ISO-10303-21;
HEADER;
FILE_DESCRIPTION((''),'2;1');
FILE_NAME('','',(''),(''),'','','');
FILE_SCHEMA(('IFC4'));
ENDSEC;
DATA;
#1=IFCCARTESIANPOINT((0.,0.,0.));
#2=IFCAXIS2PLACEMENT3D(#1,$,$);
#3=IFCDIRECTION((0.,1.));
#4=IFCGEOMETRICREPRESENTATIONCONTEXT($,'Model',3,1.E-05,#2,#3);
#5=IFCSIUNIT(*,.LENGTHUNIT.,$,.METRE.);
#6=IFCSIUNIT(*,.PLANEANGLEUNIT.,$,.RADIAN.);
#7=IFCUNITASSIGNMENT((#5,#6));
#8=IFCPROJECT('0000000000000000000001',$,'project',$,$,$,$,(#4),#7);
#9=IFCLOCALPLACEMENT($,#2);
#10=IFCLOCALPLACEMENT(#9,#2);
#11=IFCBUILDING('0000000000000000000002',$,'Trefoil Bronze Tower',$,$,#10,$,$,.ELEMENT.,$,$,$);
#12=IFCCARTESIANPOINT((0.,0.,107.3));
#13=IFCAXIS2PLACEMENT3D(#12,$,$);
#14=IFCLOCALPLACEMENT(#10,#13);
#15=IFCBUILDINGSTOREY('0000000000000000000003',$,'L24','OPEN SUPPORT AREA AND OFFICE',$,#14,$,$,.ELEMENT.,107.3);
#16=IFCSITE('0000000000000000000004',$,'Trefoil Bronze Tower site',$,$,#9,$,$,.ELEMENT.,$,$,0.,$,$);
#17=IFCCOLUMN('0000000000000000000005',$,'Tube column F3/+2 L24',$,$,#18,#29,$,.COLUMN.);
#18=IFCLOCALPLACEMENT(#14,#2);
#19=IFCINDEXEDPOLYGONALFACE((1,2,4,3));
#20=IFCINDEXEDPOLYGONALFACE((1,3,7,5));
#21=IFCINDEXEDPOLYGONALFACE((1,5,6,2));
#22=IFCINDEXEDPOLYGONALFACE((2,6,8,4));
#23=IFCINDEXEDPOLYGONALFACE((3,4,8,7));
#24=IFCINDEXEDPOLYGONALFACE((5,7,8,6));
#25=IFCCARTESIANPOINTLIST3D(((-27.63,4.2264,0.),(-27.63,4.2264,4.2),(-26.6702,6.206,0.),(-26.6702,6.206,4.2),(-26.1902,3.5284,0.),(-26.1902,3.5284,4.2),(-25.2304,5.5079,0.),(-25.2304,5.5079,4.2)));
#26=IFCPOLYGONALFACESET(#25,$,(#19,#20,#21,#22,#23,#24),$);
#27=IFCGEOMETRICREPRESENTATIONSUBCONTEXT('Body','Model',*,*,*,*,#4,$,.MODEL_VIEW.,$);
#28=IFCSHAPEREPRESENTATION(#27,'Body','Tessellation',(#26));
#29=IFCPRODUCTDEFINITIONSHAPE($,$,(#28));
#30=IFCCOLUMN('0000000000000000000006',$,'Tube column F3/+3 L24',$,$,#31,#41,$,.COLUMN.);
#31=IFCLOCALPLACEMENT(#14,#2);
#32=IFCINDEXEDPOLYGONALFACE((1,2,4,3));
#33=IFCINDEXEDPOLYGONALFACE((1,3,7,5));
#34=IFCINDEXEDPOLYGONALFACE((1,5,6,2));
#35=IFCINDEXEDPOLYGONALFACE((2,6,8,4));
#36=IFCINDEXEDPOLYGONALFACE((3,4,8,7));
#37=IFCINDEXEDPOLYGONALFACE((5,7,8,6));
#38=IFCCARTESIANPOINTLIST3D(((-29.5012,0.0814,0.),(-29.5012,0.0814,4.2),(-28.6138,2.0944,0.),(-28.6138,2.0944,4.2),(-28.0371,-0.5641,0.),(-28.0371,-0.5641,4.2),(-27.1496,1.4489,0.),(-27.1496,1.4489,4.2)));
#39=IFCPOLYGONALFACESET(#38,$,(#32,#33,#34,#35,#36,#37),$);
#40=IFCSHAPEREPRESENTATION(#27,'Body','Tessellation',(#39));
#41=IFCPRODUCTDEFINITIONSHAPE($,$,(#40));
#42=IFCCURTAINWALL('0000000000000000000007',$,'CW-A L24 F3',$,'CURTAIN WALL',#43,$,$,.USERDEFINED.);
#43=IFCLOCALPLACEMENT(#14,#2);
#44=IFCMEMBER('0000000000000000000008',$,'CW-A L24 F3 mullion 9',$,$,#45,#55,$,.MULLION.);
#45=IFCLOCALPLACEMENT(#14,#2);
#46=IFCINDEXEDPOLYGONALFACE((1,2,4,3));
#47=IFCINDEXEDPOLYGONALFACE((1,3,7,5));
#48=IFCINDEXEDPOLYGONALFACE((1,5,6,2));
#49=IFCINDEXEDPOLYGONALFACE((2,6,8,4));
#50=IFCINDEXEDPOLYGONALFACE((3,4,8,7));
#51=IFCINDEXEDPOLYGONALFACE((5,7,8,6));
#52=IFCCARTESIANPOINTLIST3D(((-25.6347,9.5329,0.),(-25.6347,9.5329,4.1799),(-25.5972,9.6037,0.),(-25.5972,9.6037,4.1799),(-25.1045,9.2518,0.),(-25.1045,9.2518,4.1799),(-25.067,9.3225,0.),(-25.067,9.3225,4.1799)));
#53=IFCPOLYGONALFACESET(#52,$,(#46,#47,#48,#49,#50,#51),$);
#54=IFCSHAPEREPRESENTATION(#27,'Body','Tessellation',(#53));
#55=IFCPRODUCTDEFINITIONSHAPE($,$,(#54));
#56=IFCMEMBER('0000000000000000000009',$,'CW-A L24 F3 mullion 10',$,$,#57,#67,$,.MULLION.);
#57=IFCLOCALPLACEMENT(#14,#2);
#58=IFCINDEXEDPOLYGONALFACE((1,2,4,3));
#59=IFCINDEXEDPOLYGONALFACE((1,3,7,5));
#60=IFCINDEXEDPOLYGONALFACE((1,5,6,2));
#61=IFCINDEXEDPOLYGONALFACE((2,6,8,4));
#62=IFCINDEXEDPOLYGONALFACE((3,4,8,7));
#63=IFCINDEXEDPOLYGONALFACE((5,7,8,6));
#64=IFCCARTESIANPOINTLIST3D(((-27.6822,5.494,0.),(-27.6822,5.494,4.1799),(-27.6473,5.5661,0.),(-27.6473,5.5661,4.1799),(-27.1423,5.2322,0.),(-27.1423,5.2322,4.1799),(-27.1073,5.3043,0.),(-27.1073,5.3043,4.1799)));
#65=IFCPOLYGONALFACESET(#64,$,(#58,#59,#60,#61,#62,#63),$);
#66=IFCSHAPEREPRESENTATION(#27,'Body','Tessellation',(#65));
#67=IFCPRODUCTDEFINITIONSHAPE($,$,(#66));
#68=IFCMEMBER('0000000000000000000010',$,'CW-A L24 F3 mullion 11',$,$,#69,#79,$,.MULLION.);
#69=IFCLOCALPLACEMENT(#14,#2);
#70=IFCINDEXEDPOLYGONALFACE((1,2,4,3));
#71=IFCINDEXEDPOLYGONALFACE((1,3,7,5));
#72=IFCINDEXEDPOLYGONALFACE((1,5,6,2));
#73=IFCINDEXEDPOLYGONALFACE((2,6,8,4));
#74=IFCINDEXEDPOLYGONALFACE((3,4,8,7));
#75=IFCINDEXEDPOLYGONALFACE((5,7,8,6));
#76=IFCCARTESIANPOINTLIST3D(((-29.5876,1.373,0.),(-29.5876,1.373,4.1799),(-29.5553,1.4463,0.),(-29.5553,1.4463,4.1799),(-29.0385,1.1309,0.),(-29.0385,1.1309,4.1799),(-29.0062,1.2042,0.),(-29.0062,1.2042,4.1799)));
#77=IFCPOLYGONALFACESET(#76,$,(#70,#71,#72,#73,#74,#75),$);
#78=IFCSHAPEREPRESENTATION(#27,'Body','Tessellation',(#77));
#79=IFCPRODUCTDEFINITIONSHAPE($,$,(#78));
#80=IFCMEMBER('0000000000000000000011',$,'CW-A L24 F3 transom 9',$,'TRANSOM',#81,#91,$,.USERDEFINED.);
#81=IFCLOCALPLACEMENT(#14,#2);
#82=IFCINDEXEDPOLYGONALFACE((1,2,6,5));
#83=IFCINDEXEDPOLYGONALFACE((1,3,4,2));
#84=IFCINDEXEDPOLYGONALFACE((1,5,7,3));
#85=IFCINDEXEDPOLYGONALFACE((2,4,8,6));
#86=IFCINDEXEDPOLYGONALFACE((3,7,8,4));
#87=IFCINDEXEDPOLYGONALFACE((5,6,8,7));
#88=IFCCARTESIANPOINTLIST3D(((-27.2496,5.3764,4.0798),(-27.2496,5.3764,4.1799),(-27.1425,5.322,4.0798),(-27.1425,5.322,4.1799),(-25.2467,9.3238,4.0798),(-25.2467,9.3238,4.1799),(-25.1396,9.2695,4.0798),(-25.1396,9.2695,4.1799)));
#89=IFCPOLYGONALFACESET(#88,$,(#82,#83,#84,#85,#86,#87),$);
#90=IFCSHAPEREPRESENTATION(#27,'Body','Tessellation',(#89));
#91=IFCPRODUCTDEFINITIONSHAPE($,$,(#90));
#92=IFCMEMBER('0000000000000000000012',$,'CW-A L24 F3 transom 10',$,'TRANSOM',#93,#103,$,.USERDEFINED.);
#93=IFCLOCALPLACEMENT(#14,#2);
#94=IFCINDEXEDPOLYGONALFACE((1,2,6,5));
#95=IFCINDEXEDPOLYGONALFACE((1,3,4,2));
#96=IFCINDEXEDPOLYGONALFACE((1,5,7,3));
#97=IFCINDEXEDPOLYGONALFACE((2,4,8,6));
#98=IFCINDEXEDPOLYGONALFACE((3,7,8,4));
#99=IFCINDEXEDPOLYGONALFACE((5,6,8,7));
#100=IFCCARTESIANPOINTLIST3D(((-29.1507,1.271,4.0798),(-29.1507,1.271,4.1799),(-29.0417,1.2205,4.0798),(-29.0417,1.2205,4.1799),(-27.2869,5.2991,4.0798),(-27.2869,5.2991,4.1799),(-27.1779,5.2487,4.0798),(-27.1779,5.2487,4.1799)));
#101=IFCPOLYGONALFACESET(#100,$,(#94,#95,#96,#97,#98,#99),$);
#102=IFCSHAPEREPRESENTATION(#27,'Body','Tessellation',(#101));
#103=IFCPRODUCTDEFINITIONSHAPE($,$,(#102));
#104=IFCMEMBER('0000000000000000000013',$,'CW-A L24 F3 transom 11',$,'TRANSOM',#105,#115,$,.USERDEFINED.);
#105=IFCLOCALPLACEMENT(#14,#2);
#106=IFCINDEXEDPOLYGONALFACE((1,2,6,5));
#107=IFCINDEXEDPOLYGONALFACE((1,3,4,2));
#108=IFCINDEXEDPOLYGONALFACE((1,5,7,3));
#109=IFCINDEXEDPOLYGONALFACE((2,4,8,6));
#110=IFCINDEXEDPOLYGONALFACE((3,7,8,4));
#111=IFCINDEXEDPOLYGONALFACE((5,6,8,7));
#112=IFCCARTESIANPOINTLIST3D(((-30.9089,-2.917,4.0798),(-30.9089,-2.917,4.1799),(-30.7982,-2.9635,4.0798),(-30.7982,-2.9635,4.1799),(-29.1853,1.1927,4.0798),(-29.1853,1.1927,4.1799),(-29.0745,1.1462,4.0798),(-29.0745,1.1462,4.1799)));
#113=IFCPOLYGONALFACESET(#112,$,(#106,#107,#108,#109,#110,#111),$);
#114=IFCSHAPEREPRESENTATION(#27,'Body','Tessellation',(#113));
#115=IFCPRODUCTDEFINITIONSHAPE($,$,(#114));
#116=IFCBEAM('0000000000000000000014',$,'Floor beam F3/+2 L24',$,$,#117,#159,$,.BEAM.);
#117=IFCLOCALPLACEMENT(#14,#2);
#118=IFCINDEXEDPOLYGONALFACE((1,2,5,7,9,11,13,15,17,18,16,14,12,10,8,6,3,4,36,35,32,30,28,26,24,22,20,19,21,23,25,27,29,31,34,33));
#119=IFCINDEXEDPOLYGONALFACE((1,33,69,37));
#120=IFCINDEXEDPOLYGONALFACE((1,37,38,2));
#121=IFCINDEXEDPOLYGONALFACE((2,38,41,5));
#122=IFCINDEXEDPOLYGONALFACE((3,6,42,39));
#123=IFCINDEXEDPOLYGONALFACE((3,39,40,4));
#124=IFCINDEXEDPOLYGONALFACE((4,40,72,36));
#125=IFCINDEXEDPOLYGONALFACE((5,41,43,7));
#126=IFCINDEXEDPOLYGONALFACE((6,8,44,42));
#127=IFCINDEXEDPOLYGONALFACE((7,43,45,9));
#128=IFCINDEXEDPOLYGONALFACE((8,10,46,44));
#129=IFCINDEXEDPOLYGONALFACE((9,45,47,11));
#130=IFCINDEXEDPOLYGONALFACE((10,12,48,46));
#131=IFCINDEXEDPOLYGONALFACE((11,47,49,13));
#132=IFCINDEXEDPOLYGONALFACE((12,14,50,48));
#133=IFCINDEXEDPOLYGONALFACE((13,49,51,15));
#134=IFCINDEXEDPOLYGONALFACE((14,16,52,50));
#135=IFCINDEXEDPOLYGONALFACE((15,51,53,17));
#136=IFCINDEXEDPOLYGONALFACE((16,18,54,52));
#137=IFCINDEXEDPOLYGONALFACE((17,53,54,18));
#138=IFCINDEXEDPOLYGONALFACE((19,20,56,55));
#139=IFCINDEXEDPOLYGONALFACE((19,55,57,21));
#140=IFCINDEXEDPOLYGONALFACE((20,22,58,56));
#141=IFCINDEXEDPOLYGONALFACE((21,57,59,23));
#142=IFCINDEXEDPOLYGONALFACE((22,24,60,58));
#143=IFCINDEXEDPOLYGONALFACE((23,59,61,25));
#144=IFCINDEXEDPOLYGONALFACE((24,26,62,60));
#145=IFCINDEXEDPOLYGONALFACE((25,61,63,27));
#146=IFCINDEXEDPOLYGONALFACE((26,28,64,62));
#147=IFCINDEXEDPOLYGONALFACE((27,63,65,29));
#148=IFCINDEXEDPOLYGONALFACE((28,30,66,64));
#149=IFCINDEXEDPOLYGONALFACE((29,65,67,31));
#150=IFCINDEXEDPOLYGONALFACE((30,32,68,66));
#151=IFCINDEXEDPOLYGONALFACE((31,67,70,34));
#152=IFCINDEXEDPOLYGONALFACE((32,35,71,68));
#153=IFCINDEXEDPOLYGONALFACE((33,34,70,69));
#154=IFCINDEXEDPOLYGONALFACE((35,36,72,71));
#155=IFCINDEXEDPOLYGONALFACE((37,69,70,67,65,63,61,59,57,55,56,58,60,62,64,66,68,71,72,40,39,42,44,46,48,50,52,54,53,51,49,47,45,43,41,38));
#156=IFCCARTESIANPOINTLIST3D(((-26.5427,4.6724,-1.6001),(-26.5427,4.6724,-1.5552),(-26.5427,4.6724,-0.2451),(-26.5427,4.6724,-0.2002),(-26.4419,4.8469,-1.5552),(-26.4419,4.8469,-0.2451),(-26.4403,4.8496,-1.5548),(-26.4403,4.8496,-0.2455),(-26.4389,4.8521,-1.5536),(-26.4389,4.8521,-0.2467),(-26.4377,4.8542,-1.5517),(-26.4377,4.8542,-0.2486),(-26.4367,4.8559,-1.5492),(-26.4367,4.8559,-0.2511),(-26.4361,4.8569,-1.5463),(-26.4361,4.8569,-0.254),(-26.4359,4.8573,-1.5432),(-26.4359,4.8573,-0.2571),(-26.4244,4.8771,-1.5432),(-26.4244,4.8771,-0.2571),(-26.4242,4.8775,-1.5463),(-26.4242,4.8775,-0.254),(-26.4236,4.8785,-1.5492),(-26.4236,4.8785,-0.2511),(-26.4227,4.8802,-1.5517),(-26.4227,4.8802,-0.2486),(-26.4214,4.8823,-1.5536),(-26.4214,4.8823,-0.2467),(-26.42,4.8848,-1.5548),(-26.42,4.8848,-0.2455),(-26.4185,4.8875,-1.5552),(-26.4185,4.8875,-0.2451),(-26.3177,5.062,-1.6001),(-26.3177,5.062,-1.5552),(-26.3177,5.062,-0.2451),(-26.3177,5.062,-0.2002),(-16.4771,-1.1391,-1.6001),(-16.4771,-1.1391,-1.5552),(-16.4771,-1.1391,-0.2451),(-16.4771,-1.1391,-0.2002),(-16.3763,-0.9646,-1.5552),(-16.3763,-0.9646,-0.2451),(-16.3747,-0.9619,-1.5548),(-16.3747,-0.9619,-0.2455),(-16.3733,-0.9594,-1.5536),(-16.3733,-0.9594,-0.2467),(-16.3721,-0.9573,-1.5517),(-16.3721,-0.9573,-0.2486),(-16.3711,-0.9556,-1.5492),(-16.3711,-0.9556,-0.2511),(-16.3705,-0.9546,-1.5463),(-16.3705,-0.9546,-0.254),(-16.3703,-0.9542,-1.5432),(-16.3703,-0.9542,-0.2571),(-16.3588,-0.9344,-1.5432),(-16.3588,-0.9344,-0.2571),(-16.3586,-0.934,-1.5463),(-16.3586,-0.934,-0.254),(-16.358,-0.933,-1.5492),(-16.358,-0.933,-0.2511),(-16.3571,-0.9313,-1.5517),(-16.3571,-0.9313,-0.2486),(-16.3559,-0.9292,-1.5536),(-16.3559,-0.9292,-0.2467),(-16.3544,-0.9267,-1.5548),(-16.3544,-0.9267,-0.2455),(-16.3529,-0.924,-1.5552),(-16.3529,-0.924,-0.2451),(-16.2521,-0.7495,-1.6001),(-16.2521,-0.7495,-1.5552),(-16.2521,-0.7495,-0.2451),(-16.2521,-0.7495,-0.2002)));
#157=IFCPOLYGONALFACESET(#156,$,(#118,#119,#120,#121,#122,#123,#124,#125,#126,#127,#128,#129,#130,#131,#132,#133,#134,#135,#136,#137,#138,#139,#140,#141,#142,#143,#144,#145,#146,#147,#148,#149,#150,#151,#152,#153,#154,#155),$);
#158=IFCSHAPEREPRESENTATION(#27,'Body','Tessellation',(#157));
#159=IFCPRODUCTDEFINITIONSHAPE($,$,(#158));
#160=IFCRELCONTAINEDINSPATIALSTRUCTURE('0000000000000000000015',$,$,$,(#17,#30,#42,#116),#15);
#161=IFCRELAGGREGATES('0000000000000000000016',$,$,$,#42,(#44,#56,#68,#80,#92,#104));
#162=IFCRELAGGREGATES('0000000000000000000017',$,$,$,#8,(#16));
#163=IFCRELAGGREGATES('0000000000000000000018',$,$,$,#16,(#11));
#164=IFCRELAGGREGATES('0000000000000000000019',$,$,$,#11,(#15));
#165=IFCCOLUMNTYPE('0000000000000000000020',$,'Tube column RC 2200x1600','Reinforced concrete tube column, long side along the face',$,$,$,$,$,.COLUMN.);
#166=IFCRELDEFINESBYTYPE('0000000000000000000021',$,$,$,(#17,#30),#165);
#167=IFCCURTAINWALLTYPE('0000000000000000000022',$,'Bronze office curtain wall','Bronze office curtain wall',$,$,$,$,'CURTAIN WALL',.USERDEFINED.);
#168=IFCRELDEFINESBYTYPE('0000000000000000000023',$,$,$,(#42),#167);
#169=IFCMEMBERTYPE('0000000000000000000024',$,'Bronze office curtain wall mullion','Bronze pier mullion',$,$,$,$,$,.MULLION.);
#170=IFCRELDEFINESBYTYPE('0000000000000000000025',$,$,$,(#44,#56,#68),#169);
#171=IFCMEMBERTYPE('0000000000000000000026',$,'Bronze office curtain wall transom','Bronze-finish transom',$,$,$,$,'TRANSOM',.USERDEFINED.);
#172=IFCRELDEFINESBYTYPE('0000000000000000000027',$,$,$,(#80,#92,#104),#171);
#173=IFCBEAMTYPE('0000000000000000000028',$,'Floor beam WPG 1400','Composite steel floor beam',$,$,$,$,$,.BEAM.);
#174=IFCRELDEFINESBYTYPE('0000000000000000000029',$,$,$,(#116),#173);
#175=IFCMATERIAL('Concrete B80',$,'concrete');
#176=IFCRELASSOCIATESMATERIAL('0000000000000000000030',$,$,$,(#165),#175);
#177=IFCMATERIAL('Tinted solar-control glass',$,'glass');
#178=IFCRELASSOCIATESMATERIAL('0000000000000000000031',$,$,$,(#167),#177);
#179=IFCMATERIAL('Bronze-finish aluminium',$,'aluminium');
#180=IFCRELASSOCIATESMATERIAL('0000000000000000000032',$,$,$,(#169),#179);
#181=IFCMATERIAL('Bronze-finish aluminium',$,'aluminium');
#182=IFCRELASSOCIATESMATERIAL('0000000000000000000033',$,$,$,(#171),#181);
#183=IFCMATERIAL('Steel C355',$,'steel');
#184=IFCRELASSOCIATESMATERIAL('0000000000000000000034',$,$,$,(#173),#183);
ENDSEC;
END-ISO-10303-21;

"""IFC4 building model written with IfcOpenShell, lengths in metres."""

from ifc_helpers import new_model, si_unit, direction, frame, origin, origin_2d, place, context, subcontext, project, spatial, rectangle, i_section, extrude, material, material_profile, profile_set, type_object, element, aggregate, save


model = new_model("IFC4")

# Units and contexts
model_context = context("Model", 3, precision=1e-05, world=origin(), true_north=direction((0.0, 1.0)))
body_context = subcontext(model_context, "Body", "Model", "MODEL_VIEW")
ifc_project = project(units=[si_unit("LENGTHUNIT", "METRE"), si_unit("PLANEANGLEUNIT", "RADIAN")], contexts=[model_context])

# Site, building, storey
site_placement = place(None, origin())
site = spatial("IfcSite", under=ifc_project, at=site_placement, Name="Trefoil Bronze Tower site", CompositionType="ELEMENT", RefElevation=0.0)
building_placement = place(site_placement, origin())
building = spatial("IfcBuilding", under=site, at=building_placement, Name="Trefoil Bronze Tower", CompositionType="ELEMENT")
storey_placement = place(building_placement, frame((0.0, 0.0, 107.3)))
storey = spatial("IfcBuildingStorey", under=building, at=storey_placement, Name="L24", Description="OPEN SUPPORT AREA AND OFFICE", CompositionType="ELEMENT", Elevation=107.3)

# Columns
ifc_material_1 = material(Name="Concrete B80", Category="concrete")
ifc_material_profile_1 = material_profile(ifc_material_1, rectangle(XDim=2.2, YDim=1.6001, at=origin_2d()), Name="RC 2200x1600")
ifc_profile_set_1 = profile_set([ifc_material_profile_1], Name="Concrete B80")
column_type = type_object("IfcColumnType", Name="Tube column RC 2200x1600", Description="Reinforced concrete tube column, long side along the face", PredefinedType="COLUMN", material=ifc_profile_set_1)
for number, where, z_axis, x_axis, name in (
    (1, (-26.4302, 4.8672, 0.0), (0.0, 0.0, 1.0), (-0.436262, -0.89982, 0.0), "Tube column F3/+2 L24"),
    (2, (-28.3254, 0.7651, 0.0), (0.0, 0.0, 1.0), (-0.403412, -0.915018, 0.0), "Tube column F3/+3 L24"),
):
    element("IfcColumn", number, at=place(storey_placement, frame(where, z_axis=z_axis, x_axis=x_axis)), inside=storey, type_object=column_type, Name=name, PredefinedType="COLUMN", context=body_context, shape_type="SweptSolid", body=[
        extrude(rectangle(XDim=2.2, YDim=1.6001, at=origin_2d()), origin(), (0.0, 0.0, 1.0), 4.2),
    ])

# Curtain wall, members
ifc_material_2 = material(Name="Tinted solar-control glass", Category="glass")
curtain_wall_type = type_object("IfcCurtainWallType", Name="Bronze office curtain wall", Description="Bronze office curtain wall", ElementType="CURTAIN WALL", PredefinedType="USERDEFINED", material=ifc_material_2)
curtain_wall_placement = place(storey_placement, origin())
curtain_wall = element("IfcCurtainWall", 3, at=curtain_wall_placement, inside=storey, type_object=curtain_wall_type, Name="CW-A L24 F3", ObjectType="CURTAIN WALL", PredefinedType="USERDEFINED")
ifc_material_3 = material(Name="Bronze-finish aluminium", Category="aluminium")
ifc_material_profile_2 = material_profile(ifc_material_3, rectangle(XDim=0.6001, YDim=0.0801, at=origin_2d()), Name="CW-A mullion")
ifc_profile_set_2 = profile_set([ifc_material_profile_2], Name="Bronze-finish aluminium")
member_type_1 = type_object("IfcMemberType", Name="Bronze office curtain wall mullion", Description="Bronze pier mullion", PredefinedType="MULLION", material=ifc_profile_set_2)
member_1_placement = place(storey_placement, frame((-25.3508, 9.4277, 0.0), z_axis=(0.0, 0.0, 1.0), x_axis=(0.883486, -0.468457, 0.0)))
member_1 = element("IfcMember", 4, at=member_1_placement, type_object=member_type_1, Name="CW-A L24 F3 mullion 9", PredefinedType="MULLION", context=body_context, shape_type="SweptSolid", body=[
    extrude(rectangle(XDim=0.6001, YDim=0.0801, at=origin_2d()), origin(), (0.0, 0.0, 1.0), 4.1799),
])
member_2_placement = place(storey_placement, frame((-27.3948, 5.3992, 0.0), z_axis=(0.0, 0.0, 1.0), x_axis=(0.89982, -0.436262, 0.0)))
member_2 = element("IfcMember", 5, at=member_2_placement, type_object=member_type_1, Name="CW-A L24 F3 mullion 10", PredefinedType="MULLION", context=body_context, shape_type="SweptSolid", body=[
    extrude(rectangle(XDim=0.6001, YDim=0.0801, at=origin_2d()), origin(), (0.0, 0.0, 1.0), 4.1799),
])
member_3_placement = place(storey_placement, frame((-29.2969, 1.2886, 0.0), z_axis=(0.0, 0.0, 1.0), x_axis=(0.915018, -0.403412, 0.0)))
member_3 = element("IfcMember", 6, at=member_3_placement, type_object=member_type_1, Name="CW-A L24 F3 mullion 11", PredefinedType="MULLION", context=body_context, shape_type="SweptSolid", body=[
    extrude(rectangle(XDim=0.6001, YDim=0.0801, at=origin_2d()), origin(), (0.0, 0.0, 1.0), 4.1799),
])
ifc_material_4 = material(Name="Bronze-finish aluminium", Category="aluminium")
ifc_material_profile_3 = material_profile(ifc_material_4, rectangle(XDim=0.1201, YDim=0.1001, at=origin_2d()), Name="CW-A transom")
ifc_profile_set_3 = profile_set([ifc_material_profile_3], Name="Bronze-finish aluminium")
member_type_2 = type_object("IfcMemberType", Name="Bronze office curtain wall transom", Description="Bronze-finish transom", ElementType="TRANSOM", PredefinedType="USERDEFINED", material=ifc_profile_set_3)
member_4_placement = place(storey_placement, frame((-25.1931, 9.2966, 4.1299), z_axis=(-0.452478, -0.891775, 0.0), x_axis=(0.891775, -0.452478, 0.0)))
member_4 = element("IfcMember", 7, at=member_4_placement, type_object=member_type_2, Name="CW-A L24 F3 transom 9", ObjectType="TRANSOM", PredefinedType="USERDEFINED", context=body_context, shape_type="SweptSolid", body=[
    extrude(rectangle(XDim=0.1201, YDim=0.1001, at=origin_2d()), origin(), (0.0, 0.0, 1.0), 4.4265),
])
member_5_placement = place(storey_placement, frame((-27.2324, 5.2739, 4.1299), z_axis=(-0.419923, -0.90756, 0.0), x_axis=(0.90756, -0.419923, 0.0)))
member_5 = element("IfcMember", 8, at=member_5_placement, type_object=member_type_2, Name="CW-A L24 F3 transom 10", ObjectType="TRANSOM", PredefinedType="USERDEFINED", context=body_context, shape_type="SweptSolid", body=[
    extrude(rectangle(XDim=0.1201, YDim=0.1001, at=origin_2d()), origin(), (0.0, 0.0, 1.0), 4.4385),
])
member_6_placement = place(storey_placement, frame((-29.1299, 1.1694, 4.1299), z_axis=(-0.386773, -0.922175, 0.0), x_axis=(0.922175, -0.386773, 0.0)))
member_6 = element("IfcMember", 9, at=member_6_placement, type_object=member_type_2, Name="CW-A L24 F3 transom 11", ObjectType="TRANSOM", PredefinedType="USERDEFINED", context=body_context, shape_type="SweptSolid", body=[
    extrude(rectangle(XDim=0.1201, YDim=0.1001, at=origin_2d()), origin(), (0.0, 0.0, 1.0), 4.4565),
])

# Beam
ifc_material_5 = material(Name="Steel C355", Category="steel")
ifc_material_profile_4 = material_profile(ifc_material_5, i_section(OverallWidth=0.45, OverallDepth=1.3999, WebThickness=0.0229, FlangeThickness=0.0449, FilletRadius=0.012, at=origin_2d()), Name="WPG 1400")
ifc_profile_set_4 = profile_set([ifc_material_profile_4], Name="Steel C355")
beam_type_1 = type_object("IfcBeamType", Name="Floor beam WPG 1400", Description="Composite steel floor beam", PredefinedType="BEAM", material=ifc_profile_set_4)
beam_1_placement = place(storey_placement, frame((-26.4302, 4.8672, -0.9001), z_axis=(0.866022, -0.500007, 0.0), x_axis=(0.500007, 0.866022, 0.0)))
element("IfcBeam", 10, at=beam_1_placement, inside=storey, type_object=beam_type_1, Name="Floor beam F3/+2 L24", PredefinedType="BEAM", context=body_context, shape_type="SweptSolid", body=[
    extrude(i_section(OverallWidth=0.45, OverallDepth=1.3999, WebThickness=0.0229, FlangeThickness=0.0449, FilletRadius=0.012, at=origin_2d()), origin(), (0.0, 0.0, 1.0), 11.6228),
])

aggregate(curtain_wall, [member_1, member_2, member_3, member_4, member_5, member_6])

save(model, "model.ifc")
